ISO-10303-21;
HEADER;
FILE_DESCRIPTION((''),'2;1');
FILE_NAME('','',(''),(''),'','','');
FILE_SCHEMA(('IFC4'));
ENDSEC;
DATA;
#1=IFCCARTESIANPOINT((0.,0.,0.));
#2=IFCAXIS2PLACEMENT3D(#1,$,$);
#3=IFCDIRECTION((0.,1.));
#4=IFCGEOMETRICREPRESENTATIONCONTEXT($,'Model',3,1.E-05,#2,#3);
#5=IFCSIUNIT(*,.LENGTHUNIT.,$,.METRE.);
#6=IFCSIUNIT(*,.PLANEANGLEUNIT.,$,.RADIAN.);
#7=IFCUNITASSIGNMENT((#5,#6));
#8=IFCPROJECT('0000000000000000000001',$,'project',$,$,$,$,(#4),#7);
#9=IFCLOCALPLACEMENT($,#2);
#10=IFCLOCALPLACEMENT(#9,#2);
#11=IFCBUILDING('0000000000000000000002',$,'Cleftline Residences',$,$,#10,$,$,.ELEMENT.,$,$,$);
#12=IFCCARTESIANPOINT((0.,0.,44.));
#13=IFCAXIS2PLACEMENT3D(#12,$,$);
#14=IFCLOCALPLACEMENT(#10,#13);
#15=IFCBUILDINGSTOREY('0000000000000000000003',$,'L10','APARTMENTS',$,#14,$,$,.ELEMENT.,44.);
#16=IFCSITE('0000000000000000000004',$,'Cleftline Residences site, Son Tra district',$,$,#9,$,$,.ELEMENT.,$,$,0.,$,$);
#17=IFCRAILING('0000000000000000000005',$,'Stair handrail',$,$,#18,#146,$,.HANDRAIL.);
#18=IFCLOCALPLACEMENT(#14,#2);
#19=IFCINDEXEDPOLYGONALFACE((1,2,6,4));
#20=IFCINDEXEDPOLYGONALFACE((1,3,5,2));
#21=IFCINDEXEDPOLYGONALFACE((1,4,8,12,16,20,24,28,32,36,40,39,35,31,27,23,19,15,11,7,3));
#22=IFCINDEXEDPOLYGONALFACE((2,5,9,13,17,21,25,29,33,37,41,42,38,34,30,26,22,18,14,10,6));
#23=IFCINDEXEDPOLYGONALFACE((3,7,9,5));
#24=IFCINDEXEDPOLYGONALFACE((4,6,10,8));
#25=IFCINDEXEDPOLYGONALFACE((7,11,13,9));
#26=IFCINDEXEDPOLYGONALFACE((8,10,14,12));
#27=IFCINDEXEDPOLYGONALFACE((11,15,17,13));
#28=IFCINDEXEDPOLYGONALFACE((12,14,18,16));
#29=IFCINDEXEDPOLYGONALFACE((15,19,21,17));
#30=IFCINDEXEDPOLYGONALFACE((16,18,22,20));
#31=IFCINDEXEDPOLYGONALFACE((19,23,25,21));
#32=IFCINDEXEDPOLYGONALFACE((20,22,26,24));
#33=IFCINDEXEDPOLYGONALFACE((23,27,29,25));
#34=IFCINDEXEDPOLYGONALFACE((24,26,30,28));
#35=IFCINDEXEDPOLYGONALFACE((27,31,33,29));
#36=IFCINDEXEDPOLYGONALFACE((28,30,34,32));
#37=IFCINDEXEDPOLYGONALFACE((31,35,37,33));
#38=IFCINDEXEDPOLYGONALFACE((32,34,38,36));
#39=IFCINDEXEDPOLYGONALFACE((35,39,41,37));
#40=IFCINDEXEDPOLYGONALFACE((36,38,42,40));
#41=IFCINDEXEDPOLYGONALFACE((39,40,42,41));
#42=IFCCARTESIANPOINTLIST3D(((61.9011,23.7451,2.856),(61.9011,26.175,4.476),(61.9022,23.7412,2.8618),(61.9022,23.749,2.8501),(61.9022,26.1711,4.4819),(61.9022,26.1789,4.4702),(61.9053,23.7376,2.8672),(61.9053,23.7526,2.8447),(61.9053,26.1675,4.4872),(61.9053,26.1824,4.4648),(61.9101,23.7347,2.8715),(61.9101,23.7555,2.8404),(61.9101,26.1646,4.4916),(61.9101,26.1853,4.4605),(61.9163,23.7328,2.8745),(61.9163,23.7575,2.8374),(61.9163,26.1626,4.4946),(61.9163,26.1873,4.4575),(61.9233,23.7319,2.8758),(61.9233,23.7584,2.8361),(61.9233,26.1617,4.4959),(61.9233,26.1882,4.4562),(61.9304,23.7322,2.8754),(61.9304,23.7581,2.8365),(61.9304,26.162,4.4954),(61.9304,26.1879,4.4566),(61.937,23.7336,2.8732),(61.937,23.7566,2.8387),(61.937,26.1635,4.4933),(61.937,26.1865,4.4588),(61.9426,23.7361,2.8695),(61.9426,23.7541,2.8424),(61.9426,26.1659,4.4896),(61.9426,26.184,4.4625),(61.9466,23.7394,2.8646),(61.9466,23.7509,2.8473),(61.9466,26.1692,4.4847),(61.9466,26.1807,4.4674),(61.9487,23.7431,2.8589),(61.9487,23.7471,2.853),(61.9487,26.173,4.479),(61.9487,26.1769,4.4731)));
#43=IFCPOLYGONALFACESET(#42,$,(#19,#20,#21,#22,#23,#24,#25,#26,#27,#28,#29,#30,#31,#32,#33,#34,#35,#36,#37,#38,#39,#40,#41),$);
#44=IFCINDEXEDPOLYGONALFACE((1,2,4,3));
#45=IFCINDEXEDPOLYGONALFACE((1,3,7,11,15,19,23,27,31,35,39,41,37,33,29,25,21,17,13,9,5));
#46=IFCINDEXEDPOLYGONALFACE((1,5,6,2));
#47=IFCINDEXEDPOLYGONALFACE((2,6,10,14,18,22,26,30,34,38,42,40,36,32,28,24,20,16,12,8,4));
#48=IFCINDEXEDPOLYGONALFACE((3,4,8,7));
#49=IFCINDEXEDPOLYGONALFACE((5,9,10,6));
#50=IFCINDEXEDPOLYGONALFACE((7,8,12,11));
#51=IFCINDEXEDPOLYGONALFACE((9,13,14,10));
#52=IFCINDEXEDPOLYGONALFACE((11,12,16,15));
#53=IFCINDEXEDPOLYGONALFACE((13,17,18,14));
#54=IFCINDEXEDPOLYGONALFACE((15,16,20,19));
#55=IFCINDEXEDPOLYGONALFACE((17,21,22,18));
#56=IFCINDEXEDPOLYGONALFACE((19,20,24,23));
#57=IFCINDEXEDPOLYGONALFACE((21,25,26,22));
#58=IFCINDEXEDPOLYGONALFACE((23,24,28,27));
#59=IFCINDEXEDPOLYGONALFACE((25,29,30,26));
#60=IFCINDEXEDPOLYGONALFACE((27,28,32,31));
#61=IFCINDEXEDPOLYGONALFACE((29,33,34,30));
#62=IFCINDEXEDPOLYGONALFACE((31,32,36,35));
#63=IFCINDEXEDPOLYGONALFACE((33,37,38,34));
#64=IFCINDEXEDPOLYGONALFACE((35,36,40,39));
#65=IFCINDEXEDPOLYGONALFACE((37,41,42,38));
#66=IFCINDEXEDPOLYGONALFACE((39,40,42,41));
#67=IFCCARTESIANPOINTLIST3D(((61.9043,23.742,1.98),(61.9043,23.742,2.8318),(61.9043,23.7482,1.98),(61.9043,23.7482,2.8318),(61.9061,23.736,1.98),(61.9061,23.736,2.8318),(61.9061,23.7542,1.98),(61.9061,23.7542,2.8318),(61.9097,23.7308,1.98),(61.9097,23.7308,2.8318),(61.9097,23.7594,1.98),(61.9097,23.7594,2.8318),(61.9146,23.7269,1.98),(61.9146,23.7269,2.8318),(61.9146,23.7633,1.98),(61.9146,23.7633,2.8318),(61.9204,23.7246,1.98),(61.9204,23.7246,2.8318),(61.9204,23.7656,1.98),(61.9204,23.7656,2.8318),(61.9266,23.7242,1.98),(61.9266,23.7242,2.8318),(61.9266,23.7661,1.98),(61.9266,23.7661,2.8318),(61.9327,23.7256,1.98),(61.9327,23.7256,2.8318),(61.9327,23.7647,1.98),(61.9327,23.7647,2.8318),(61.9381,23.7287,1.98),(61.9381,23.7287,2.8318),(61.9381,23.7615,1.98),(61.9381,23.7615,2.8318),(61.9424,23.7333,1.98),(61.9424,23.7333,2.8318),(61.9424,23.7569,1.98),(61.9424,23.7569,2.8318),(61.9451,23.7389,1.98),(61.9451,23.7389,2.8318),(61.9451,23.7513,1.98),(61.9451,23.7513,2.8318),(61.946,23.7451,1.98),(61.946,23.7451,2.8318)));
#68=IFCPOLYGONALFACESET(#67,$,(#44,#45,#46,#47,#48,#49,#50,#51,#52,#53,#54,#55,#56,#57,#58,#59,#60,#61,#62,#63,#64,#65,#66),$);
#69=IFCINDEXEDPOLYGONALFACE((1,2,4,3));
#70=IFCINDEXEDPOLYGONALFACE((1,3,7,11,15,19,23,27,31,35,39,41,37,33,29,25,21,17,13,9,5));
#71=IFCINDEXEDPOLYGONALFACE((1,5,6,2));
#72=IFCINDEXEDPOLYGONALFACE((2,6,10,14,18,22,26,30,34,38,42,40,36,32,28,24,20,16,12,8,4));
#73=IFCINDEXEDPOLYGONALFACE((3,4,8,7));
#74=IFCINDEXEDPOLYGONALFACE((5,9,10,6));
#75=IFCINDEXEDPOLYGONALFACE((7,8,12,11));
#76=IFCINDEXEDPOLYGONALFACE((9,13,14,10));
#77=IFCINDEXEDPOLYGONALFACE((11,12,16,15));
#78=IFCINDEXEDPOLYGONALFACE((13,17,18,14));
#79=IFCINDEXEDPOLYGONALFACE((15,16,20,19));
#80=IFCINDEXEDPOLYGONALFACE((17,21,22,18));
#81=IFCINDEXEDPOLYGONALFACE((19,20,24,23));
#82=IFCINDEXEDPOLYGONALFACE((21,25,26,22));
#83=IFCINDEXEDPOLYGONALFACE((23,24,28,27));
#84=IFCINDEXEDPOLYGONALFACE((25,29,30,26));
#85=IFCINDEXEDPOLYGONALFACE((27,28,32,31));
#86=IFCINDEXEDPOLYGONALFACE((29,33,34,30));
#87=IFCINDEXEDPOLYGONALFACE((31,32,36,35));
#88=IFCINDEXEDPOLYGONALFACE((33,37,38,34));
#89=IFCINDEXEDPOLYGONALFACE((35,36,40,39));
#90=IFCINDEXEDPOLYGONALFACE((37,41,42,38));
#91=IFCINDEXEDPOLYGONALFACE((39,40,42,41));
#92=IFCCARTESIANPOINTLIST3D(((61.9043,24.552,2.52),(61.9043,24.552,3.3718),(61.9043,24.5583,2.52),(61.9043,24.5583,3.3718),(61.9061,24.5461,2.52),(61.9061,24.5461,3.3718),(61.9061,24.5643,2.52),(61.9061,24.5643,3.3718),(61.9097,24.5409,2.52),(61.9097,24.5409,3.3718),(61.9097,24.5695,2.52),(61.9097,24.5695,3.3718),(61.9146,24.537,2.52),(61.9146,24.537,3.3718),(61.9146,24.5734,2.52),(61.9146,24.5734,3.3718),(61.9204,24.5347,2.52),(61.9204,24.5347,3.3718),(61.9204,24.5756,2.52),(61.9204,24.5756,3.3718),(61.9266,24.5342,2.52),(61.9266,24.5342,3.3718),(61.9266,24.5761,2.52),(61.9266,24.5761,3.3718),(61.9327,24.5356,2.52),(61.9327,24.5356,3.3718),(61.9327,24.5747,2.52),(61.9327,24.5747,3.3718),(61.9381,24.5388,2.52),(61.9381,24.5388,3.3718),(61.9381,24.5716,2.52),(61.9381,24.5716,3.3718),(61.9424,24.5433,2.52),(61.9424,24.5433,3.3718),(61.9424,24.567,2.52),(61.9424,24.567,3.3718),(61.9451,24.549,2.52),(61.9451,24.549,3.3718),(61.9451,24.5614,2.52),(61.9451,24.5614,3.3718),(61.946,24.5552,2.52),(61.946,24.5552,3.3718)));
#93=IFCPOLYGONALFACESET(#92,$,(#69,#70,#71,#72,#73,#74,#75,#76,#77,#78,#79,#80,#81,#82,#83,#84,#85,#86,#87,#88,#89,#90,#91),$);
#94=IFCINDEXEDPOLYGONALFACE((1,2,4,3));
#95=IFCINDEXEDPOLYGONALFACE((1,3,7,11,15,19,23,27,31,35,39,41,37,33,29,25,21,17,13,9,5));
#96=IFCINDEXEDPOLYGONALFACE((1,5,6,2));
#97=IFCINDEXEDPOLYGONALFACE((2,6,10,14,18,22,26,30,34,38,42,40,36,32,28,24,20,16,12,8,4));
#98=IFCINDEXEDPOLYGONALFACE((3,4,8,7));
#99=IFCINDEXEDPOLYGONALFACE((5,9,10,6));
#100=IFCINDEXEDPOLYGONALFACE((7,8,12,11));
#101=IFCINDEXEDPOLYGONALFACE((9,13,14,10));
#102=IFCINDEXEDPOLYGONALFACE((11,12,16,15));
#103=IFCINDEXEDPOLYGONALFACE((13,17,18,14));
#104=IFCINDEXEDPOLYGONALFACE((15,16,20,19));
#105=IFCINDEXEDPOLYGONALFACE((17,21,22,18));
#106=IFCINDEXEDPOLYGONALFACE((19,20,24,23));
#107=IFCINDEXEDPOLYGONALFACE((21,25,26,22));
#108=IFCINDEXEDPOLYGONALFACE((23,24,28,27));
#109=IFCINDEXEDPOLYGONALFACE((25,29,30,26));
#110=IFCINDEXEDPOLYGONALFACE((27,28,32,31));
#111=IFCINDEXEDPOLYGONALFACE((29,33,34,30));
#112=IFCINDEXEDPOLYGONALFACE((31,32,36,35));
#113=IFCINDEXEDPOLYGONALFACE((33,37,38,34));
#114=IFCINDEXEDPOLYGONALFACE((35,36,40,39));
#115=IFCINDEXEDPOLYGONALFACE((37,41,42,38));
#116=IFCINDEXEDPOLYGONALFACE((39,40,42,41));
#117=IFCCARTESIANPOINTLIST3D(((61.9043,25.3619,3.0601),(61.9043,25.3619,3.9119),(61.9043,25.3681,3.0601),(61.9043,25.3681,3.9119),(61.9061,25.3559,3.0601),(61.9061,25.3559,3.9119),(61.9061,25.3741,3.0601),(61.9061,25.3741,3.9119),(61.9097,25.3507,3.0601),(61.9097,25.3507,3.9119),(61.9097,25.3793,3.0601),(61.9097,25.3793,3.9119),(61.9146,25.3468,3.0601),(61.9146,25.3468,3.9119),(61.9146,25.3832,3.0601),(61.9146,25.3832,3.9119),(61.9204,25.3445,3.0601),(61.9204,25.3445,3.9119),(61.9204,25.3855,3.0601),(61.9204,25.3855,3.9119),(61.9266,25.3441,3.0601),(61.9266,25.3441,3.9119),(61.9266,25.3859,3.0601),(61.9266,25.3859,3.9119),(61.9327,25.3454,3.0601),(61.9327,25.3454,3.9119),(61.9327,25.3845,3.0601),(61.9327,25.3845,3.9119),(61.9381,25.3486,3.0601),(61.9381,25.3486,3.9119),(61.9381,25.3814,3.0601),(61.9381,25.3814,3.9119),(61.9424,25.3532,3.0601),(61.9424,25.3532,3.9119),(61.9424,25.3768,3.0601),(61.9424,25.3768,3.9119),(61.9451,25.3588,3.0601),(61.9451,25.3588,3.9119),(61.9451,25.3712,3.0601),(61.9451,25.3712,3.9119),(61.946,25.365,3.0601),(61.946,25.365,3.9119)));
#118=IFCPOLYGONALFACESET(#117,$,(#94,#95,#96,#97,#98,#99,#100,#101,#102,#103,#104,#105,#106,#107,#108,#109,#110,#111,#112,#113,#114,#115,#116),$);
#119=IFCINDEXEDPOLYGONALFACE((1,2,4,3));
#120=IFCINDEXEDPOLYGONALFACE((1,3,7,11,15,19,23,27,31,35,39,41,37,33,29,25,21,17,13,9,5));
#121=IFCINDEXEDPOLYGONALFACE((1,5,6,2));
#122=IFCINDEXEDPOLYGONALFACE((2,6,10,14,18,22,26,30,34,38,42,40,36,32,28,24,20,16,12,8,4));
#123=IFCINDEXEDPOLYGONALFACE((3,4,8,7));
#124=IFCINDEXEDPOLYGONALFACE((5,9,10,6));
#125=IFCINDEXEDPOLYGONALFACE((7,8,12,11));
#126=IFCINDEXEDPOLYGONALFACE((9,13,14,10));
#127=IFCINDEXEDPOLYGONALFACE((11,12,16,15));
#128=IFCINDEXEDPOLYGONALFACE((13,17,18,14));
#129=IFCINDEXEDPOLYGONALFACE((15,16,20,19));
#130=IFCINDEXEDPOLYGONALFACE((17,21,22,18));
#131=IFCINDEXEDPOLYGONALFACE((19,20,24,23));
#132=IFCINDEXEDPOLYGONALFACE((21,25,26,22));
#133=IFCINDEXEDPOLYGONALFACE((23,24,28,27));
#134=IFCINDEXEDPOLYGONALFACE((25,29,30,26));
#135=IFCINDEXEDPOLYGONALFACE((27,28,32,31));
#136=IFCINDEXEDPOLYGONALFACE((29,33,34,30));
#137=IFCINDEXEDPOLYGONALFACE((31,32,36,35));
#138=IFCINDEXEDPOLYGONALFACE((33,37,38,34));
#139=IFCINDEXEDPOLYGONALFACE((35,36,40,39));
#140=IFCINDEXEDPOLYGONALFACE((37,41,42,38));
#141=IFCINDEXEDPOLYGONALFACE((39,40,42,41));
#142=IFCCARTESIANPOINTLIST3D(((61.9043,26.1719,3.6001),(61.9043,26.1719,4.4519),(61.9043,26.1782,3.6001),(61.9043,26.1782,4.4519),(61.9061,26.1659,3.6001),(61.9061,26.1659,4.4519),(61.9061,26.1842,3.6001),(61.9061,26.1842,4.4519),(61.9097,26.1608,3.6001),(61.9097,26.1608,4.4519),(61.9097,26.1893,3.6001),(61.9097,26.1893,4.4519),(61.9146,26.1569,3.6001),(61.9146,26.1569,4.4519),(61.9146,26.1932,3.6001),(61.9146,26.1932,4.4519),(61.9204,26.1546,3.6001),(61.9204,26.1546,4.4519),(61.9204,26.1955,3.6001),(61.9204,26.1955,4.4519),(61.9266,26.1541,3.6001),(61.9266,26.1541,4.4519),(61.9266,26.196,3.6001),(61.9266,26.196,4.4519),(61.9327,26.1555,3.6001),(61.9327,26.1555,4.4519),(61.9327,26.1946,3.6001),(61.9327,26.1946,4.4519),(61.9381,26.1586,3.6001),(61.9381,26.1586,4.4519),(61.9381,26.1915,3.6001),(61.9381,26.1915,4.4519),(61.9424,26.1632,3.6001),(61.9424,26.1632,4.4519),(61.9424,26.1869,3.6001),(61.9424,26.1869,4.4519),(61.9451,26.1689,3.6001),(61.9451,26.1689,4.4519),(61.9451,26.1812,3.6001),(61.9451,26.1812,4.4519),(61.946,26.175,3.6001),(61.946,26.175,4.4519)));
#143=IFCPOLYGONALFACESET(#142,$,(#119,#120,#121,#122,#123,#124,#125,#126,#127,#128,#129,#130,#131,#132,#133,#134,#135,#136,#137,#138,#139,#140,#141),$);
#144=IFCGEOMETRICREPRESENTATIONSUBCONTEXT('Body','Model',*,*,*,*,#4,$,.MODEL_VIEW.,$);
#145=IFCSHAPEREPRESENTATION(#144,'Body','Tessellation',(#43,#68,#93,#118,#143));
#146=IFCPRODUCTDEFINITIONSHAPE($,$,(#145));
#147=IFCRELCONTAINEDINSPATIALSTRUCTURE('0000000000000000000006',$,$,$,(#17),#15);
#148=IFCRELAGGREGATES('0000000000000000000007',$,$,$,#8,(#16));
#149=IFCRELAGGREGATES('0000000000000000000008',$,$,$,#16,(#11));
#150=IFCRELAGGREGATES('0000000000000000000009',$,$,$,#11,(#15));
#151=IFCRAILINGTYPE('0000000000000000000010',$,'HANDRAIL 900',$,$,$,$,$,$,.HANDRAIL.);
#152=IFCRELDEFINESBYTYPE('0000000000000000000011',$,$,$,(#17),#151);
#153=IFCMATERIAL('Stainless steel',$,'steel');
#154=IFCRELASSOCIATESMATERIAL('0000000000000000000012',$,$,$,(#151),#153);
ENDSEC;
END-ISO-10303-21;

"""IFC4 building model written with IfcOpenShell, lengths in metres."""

from ifc_helpers import new_model, si_unit, direction, frame, origin, origin_2d, place, context, subcontext, project, spatial, circle, extrude, material, type_object, element, save


model = new_model("IFC4")

# Units and contexts
model_context = context("Model", 3, precision=1e-05, world=origin(), true_north=direction((0.0, 1.0)))
body_context = subcontext(model_context, "Body", "Model", "MODEL_VIEW")
ifc_project = project(units=[si_unit("LENGTHUNIT", "METRE"), si_unit("PLANEANGLEUNIT", "RADIAN")], contexts=[model_context])

# Site, building, storey
site_placement = place(None, origin())
site = spatial("IfcSite", under=ifc_project, at=site_placement, Name="Cleftline Residences site, Son Tra district", CompositionType="ELEMENT", RefElevation=0.0)
building_placement = place(site_placement, origin())
building = spatial("IfcBuilding", under=site, at=building_placement, Name="Cleftline Residences", CompositionType="ELEMENT")
storey_placement = place(building_placement, frame((0.0, 0.0, 44.0)))
storey = spatial("IfcBuildingStorey", under=building, at=storey_placement, Name="L10", Description="APARTMENTS", CompositionType="ELEMENT", Elevation=44.0)

# Railing
ifc_material_1 = material(Name="Stainless steel", Category="steel")
railing_type = type_object("IfcRailingType", Name="HANDRAIL 900", PredefinedType="HANDRAIL", material=ifc_material_1)
railing_placement = place(storey_placement, frame((61.925, 23.7451, 1.98)))
element("IfcRailing", 1, at=railing_placement, inside=storey, type_object=railing_type, Name="Stair handrail", PredefinedType="HANDRAIL", context=body_context, shape_type="SweptSolid", body=[
    extrude(circle(Radius=0.0239, at=origin_2d()), frame((0.0, 0.0, 0.876), z_axis=(0.0, 0.832025, 0.554739), x_axis=(-1.0, 0.0, 0.0)), (0.0, 0.0, 1.0), 2.9204),
    extrude(circle(Radius=0.021, at=origin_2d()), origin(), (0.0, 0.0, 1.0), 0.8518),
    extrude(circle(Radius=0.021, at=origin_2d()), frame((0.0, 0.8101, 0.54)), (0.0, 0.0, 1.0), 0.8518),
    extrude(circle(Radius=0.021, at=origin_2d()), frame((0.0, 1.6199, 1.0801)), (0.0, 0.0, 1.0), 0.8518),
    extrude(circle(Radius=0.021, at=origin_2d()), frame((0.0, 2.4299, 1.6201)), (0.0, 0.0, 1.0), 0.8518),
])

save(model, "model.ifc")
